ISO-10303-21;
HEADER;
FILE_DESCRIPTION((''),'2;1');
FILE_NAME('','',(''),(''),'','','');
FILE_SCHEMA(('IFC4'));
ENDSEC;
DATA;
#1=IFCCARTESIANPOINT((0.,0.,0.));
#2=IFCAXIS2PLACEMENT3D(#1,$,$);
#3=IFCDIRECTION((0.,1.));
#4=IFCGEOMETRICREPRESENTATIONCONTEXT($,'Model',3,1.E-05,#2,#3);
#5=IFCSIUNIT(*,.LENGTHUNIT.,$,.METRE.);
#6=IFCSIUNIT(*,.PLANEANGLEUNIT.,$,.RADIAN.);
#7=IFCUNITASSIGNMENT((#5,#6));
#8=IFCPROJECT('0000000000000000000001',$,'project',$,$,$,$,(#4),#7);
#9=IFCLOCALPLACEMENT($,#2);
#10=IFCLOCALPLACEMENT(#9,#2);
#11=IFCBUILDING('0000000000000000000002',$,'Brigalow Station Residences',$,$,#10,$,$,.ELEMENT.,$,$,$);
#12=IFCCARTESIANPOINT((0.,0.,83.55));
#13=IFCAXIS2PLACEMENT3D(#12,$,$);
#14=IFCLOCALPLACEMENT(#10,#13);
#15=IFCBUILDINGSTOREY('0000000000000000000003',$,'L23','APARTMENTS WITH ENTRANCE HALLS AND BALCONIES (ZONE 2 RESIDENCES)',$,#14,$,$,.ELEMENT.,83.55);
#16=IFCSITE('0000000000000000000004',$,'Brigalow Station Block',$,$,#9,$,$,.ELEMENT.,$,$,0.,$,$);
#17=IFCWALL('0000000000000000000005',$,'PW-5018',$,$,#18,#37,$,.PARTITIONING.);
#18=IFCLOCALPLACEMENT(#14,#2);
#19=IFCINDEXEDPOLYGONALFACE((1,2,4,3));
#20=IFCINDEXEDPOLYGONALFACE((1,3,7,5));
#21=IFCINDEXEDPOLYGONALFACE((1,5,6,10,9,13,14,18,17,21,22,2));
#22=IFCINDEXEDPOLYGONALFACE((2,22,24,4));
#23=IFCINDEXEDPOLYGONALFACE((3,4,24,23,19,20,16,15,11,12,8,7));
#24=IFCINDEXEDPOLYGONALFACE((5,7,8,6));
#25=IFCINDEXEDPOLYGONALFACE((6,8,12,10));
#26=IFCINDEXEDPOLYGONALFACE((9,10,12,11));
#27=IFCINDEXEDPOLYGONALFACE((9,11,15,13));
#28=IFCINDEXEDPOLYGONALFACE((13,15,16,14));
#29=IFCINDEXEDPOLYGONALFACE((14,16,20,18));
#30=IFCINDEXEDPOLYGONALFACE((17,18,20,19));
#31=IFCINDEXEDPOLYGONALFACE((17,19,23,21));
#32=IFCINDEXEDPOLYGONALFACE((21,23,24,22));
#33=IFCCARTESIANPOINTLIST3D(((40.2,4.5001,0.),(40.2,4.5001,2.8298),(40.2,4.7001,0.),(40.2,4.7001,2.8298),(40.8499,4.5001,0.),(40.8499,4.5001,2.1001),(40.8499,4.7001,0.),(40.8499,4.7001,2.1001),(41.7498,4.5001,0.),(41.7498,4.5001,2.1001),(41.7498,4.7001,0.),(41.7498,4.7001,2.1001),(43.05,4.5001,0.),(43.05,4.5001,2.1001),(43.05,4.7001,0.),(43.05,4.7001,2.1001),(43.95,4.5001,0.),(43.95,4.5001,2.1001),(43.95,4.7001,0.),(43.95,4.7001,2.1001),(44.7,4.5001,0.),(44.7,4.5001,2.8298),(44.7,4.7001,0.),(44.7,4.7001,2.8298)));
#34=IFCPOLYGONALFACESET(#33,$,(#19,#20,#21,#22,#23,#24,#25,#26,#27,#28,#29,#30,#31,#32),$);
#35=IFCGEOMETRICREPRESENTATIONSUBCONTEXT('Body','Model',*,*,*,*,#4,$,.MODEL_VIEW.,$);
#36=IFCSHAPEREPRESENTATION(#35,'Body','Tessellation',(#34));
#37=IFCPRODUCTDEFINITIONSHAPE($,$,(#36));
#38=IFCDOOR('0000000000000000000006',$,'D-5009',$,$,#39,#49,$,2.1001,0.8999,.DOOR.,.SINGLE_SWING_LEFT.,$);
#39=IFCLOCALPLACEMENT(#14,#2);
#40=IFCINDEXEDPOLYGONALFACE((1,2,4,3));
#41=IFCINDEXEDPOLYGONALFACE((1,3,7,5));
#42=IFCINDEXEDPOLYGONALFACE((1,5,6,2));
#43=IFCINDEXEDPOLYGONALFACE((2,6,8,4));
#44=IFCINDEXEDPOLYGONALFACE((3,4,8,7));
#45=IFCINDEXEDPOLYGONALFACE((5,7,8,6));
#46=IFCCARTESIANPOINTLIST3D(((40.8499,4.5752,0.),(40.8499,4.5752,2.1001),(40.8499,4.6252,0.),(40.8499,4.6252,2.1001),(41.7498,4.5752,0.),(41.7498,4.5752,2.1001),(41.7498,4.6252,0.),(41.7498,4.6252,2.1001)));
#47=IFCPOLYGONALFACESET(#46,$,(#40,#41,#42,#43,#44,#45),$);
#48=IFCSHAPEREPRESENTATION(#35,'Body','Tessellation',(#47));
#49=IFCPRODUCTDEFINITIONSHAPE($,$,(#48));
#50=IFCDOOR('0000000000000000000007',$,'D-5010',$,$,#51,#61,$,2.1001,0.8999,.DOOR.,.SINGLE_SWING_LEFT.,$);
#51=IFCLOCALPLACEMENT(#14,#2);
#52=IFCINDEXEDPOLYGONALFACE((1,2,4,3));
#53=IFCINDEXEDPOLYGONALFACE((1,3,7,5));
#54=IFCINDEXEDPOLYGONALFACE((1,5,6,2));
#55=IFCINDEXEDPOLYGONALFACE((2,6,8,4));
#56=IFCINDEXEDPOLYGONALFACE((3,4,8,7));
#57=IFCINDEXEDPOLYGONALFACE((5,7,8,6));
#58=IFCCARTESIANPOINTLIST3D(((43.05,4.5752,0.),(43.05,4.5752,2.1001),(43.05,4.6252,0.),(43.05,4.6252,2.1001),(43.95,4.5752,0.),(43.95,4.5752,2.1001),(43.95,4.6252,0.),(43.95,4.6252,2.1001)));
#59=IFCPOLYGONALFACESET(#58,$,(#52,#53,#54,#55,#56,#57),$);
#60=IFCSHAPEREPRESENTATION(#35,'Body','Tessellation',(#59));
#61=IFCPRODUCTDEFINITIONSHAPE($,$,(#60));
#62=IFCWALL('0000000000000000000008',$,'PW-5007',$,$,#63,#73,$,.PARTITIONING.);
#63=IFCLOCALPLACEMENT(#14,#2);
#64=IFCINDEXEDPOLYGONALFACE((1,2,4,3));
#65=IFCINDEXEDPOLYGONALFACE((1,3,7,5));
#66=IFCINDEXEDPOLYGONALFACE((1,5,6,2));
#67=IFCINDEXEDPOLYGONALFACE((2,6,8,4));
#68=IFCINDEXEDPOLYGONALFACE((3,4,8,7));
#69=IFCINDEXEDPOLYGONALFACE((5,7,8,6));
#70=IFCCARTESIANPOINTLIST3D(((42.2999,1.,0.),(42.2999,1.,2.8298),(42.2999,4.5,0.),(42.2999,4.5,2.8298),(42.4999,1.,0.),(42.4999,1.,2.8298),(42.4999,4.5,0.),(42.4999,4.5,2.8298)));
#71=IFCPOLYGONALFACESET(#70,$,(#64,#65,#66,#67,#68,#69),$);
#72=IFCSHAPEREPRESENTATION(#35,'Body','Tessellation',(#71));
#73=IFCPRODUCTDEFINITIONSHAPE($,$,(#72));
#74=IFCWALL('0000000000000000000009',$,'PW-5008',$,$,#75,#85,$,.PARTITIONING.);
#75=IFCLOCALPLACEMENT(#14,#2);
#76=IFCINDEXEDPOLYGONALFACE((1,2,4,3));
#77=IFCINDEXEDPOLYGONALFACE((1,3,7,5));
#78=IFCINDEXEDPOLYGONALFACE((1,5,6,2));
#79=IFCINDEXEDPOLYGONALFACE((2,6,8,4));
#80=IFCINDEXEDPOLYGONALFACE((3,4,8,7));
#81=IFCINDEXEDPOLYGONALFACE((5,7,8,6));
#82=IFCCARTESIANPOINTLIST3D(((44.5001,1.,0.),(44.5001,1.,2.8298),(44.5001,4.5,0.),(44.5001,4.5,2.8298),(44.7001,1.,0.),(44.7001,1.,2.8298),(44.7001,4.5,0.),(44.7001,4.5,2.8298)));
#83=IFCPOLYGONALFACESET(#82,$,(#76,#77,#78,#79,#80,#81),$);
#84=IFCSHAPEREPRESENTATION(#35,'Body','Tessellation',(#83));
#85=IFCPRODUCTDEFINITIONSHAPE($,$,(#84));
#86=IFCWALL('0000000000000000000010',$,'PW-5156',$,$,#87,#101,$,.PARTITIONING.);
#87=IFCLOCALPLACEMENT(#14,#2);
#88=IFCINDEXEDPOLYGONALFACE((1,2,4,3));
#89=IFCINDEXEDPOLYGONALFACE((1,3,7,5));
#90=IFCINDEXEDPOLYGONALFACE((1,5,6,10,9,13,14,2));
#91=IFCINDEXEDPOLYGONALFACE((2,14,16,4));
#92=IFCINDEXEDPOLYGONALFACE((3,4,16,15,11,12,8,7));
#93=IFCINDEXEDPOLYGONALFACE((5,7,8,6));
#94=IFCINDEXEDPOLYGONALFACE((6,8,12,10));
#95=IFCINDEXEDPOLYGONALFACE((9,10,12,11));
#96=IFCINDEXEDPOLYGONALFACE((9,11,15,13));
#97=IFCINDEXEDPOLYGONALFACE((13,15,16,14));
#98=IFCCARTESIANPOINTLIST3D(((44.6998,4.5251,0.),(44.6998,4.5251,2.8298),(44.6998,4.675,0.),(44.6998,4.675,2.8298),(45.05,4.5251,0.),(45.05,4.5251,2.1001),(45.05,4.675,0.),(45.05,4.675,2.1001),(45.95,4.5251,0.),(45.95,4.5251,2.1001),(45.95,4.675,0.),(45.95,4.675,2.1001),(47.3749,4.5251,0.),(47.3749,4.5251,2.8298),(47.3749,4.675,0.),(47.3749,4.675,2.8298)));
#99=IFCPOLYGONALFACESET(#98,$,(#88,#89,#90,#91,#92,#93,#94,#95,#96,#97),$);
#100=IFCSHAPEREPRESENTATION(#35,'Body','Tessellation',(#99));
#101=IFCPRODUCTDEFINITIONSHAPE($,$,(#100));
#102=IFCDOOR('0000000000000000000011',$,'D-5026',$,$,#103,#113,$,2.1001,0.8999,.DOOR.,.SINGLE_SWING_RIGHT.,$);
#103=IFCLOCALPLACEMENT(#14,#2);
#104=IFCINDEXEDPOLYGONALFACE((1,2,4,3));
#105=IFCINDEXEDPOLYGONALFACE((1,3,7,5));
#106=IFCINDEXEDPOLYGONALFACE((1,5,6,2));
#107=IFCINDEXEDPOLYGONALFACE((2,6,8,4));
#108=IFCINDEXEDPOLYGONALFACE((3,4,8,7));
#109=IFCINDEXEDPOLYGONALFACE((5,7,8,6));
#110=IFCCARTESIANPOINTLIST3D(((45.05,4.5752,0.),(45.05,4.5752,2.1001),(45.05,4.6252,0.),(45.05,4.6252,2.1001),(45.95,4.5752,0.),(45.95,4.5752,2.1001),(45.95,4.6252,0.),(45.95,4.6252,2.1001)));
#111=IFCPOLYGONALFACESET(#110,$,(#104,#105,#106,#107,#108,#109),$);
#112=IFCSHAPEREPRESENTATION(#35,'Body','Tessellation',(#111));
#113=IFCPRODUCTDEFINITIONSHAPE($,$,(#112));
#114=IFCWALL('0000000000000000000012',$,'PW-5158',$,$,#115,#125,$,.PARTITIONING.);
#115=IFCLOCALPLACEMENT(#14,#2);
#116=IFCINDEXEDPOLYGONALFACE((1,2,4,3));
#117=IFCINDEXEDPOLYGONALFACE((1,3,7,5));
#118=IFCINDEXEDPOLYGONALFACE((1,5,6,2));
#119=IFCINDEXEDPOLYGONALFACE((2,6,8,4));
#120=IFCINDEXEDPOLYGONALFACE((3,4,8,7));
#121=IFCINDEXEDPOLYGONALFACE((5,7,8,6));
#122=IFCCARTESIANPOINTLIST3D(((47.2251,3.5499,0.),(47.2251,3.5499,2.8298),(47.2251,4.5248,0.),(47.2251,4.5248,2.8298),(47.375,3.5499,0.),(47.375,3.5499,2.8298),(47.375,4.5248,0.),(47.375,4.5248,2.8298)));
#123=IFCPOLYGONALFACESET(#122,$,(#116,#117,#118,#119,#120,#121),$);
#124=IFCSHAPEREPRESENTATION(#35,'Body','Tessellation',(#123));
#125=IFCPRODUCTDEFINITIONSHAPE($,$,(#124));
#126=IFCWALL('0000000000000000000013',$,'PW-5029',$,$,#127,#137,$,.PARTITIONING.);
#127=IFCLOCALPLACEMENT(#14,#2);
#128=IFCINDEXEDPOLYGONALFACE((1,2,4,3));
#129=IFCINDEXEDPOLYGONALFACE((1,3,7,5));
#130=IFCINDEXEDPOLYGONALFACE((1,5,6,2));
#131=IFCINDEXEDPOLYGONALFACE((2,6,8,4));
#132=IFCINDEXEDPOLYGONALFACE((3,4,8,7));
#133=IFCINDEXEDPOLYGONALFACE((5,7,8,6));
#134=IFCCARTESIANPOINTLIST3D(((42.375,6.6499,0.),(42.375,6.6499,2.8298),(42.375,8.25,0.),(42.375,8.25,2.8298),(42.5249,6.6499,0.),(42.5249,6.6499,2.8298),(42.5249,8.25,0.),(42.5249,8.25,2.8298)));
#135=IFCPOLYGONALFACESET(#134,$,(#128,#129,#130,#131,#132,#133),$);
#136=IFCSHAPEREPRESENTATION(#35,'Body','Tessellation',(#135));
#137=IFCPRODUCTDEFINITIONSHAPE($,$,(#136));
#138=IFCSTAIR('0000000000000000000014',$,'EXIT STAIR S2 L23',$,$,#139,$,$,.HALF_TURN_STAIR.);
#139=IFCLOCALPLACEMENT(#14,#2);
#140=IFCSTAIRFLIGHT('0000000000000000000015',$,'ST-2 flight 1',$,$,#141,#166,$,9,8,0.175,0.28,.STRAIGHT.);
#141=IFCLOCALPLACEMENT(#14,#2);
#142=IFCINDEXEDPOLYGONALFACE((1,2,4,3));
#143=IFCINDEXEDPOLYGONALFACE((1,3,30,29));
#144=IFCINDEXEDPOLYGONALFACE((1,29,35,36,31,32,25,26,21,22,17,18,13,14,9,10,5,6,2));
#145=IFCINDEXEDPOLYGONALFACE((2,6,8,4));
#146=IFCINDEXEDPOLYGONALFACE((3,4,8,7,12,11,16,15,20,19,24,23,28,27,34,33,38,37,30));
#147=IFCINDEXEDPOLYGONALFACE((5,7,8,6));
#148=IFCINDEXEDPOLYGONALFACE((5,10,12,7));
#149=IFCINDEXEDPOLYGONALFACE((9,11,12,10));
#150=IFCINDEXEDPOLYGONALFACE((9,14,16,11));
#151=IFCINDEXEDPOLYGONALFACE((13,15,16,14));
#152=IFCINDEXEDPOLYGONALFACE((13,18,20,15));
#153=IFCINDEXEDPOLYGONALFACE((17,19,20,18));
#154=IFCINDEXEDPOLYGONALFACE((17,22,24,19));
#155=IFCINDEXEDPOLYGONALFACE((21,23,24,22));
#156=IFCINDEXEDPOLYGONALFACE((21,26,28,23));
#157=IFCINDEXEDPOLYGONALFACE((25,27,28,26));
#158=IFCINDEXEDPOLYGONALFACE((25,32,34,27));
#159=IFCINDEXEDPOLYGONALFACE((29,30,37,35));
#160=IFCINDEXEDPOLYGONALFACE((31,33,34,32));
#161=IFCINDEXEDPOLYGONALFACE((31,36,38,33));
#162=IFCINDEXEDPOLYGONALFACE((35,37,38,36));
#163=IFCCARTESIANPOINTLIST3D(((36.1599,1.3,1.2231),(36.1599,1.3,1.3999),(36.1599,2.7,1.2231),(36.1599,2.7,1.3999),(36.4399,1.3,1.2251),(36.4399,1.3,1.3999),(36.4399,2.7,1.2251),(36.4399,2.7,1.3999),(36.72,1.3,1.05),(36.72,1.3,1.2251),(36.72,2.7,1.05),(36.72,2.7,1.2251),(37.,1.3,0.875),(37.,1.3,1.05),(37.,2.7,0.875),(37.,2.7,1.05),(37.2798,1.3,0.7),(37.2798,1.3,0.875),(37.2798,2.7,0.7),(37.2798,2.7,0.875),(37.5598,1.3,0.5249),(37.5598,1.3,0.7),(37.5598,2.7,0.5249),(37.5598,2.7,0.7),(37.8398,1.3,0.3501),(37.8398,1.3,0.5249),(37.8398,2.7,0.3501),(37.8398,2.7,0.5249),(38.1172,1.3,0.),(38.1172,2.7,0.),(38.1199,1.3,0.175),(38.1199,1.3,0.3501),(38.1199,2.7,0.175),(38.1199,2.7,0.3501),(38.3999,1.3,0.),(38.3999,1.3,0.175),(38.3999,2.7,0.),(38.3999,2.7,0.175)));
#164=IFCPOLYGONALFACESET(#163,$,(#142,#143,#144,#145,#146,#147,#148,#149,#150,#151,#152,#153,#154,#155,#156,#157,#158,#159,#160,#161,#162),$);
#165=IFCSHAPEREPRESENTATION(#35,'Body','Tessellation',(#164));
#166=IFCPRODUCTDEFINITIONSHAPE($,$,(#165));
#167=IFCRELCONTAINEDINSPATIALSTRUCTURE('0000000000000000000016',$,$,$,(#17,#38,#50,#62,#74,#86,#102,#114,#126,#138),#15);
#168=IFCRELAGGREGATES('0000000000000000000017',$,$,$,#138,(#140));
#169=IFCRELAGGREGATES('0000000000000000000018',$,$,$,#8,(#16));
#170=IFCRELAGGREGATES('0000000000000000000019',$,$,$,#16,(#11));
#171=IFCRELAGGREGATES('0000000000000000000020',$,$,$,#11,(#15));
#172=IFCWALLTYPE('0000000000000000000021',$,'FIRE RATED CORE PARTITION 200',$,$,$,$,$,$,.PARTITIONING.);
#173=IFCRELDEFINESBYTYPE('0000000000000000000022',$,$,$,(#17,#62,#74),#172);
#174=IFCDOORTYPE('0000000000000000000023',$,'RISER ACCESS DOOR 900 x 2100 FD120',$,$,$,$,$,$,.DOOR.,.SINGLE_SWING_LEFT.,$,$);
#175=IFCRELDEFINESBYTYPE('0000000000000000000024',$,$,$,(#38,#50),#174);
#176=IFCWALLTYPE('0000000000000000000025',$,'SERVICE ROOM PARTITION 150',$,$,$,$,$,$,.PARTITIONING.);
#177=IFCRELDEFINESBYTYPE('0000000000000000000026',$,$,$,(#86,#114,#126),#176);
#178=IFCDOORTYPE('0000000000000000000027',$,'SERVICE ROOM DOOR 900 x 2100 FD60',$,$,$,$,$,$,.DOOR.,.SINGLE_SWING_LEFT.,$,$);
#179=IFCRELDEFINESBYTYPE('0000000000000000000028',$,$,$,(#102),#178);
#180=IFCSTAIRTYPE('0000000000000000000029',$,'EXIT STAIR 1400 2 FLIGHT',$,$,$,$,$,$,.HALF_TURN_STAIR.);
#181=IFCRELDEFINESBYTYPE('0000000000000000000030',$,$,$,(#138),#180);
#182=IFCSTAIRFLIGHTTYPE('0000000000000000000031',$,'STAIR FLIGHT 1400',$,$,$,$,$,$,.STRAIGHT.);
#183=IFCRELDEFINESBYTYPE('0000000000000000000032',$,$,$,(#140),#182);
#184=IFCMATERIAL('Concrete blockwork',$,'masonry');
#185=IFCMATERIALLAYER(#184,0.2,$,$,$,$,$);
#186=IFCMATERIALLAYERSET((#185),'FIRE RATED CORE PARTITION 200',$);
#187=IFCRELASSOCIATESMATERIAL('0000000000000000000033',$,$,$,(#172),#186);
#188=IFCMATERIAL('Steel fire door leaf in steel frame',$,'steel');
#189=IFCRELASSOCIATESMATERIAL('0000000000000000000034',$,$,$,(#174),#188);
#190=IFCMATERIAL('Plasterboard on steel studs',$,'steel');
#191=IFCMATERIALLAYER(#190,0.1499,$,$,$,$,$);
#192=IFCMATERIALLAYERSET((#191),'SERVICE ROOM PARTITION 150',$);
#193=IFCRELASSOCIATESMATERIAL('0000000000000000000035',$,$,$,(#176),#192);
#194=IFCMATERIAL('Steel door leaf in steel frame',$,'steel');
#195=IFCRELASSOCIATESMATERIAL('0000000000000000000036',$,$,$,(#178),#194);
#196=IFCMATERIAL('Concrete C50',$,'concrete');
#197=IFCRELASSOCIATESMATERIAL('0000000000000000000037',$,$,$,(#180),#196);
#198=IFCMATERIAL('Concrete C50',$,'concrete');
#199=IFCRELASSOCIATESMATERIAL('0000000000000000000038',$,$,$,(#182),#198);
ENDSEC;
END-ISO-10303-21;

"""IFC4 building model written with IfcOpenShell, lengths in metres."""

from ifc_helpers import new_model, si_unit, direction, frame, frame_2d, origin, place, context, subcontext, project, spatial, polyline, rectangle, outline, extrude, material, layer, layer_set, type_object, element, fill, aggregate, save


model = new_model("IFC4")

# Units and contexts
model_context = context("Model", 3, precision=1e-05, world=origin(), true_north=direction((0.0, 1.0)))
body_context = subcontext(model_context, "Body", "Model", "MODEL_VIEW")
ifc_project = project(units=[si_unit("LENGTHUNIT", "METRE"), si_unit("PLANEANGLEUNIT", "RADIAN")], contexts=[model_context])

# Site, building, storey
site_placement = place(None, origin())
site = spatial("IfcSite", under=ifc_project, at=site_placement, Name="Brigalow Station Block", CompositionType="ELEMENT", RefElevation=0.0)
building_placement = place(site_placement, origin())
building = spatial("IfcBuilding", under=site, at=building_placement, Name="Brigalow Station Residences", CompositionType="ELEMENT")
storey_placement = place(building_placement, frame((0.0, 0.0, 83.55)))
storey = spatial("IfcBuildingStorey", under=building, at=storey_placement, Name="L23", Description="APARTMENTS WITH ENTRANCE HALLS AND BALCONIES (ZONE 2 RESIDENCES)", CompositionType="ELEMENT", Elevation=83.55)

# Wall, openings, doors
ifc_material_1 = material(Name="Concrete blockwork", Category="masonry")
ifc_layer_1 = layer(ifc_material_1, 0.2)
ifc_layer_set_1 = layer_set([ifc_layer_1], Name="FIRE RATED CORE PARTITION 200")
wall_type_1 = type_object("IfcWallType", Name="FIRE RATED CORE PARTITION 200", PredefinedType="PARTITIONING", material=ifc_layer_set_1)
wall_1_placement = place(storey_placement, frame((40.2, 4.6001, 0.0), z_axis=(0.0, 0.0, 1.0), x_axis=(1.0, 0.0, 0.0)))
wall_1 = element("IfcWall", 1, at=wall_1_placement, inside=storey, type_object=wall_type_1, Name="PW-5018", PredefinedType="PARTITIONING", context=body_context, shape_type="SweptSolid", body=[
    extrude(rectangle(XDim=4.5, YDim=0.2, at=frame_2d((2.25, 0.0))), origin(), (0.0, 0.0, 1.0), 2.8298),
])
opening_1_placement = place(wall_1_placement, frame((0.6499, 0.0, 0.0)))
opening_1 = element("IfcOpeningElement", 2, at=opening_1_placement, cuts=wall_1, PredefinedType="OPENING", context=body_context, shape_type="SweptSolid", body=[
    extrude(rectangle(XDim=0.8999, YDim=2.1001, at=frame_2d((0.45, 1.05))), frame((0.0, 0.1099, 0.0), z_axis=(0.0, -1.0, 0.0), x_axis=(1.0, 0.0, 0.0)), (0.0, 0.0, 1.0), 0.22),
])
opening_2_placement = place(wall_1_placement, frame((2.8501, 0.0, 0.0)))
opening_2 = element("IfcOpeningElement", 3, at=opening_2_placement, cuts=wall_1, PredefinedType="OPENING", context=body_context, shape_type="SweptSolid", body=[
    extrude(rectangle(XDim=0.8999, YDim=2.1001, at=frame_2d((0.45, 1.05))), frame((0.0, 0.1099, 0.0), z_axis=(0.0, -1.0, 0.0), x_axis=(1.0, 0.0, 0.0)), (0.0, 0.0, 1.0), 0.22),
])
ifc_material_2 = material(Name="Steel fire door leaf in steel frame", Category="steel")
door_type_1 = type_object("IfcDoorType", Name="RISER ACCESS DOOR 900 x 2100 FD120", OperationType="SINGLE_SWING_LEFT", PredefinedType="DOOR", material=ifc_material_2)
door_1_placement = place(opening_1_placement, frame((0.8999, 0.0, 0.0), z_axis=(0.0, 0.0, 1.0), x_axis=(-1.0, 0.0, 0.0)))
door_1 = element("IfcDoor", 4, at=door_1_placement, inside=storey, type_object=door_type_1, Name="D-5009", OperationType="SINGLE_SWING_LEFT", OverallHeight=2.1001, OverallWidth=0.8999, PredefinedType="DOOR", context=body_context, shape_type="SweptSolid", body=[
    extrude(rectangle(XDim=0.8999, YDim=2.1001, at=frame_2d((0.45, 1.05))), frame((0.0, 0.0249, 0.0), z_axis=(0.0, -1.0, 0.0), x_axis=(1.0, 0.0, 0.0)), (0.0, 0.0, 1.0), 0.05),
])
fill(opening_1, door_1)
door_2_placement = place(opening_2_placement, frame((0.8999, 0.0, 0.0), z_axis=(0.0, 0.0, 1.0), x_axis=(-1.0, 0.0, 0.0)))
door_2 = element("IfcDoor", 5, at=door_2_placement, inside=storey, type_object=door_type_1, Name="D-5010", OperationType="SINGLE_SWING_LEFT", OverallHeight=2.1001, OverallWidth=0.8999, PredefinedType="DOOR", context=body_context, shape_type="SweptSolid", body=[
    extrude(rectangle(XDim=0.8999, YDim=2.1001, at=frame_2d((0.45, 1.05))), frame((0.0, 0.0249, 0.0), z_axis=(0.0, -1.0, 0.0), x_axis=(1.0, 0.0, 0.0)), (0.0, 0.0, 1.0), 0.05),
])
fill(opening_2, door_2)

# Walls
for number, where, z_axis, x_axis, name in (
    (6, (42.3999, 1.0, 0.0), (0.0, 0.0, 1.0), (0.0, 1.0, 0.0), "PW-5007"),
    (7, (44.6001, 1.0, 0.0), (0.0, 0.0, 1.0), (0.0, 1.0, 0.0), "PW-5008"),
):
    element("IfcWall", number, at=place(storey_placement, frame(where, z_axis=z_axis, x_axis=x_axis)), inside=storey, type_object=wall_type_1, Name=name, PredefinedType="PARTITIONING", context=body_context, shape_type="SweptSolid", body=[
        extrude(rectangle(XDim=3.5, YDim=0.2, at=frame_2d((1.75, 0.0))), origin(), (0.0, 0.0, 1.0), 2.8298),
    ])

# Wall, opening, door
ifc_material_3 = material(Name="Plasterboard on steel studs", Category="steel")
ifc_layer_2 = layer(ifc_material_3, 0.1499)
ifc_layer_set_2 = layer_set([ifc_layer_2], Name="SERVICE ROOM PARTITION 150")
wall_type_2 = type_object("IfcWallType", Name="SERVICE ROOM PARTITION 150", PredefinedType="PARTITIONING", material=ifc_layer_set_2)
wall_2_placement = place(storey_placement, frame((44.7, 4.6001, 0.0), z_axis=(0.0, 0.0, 1.0), x_axis=(1.0, 0.0, 0.0)))
wall_2 = element("IfcWall", 8, at=wall_2_placement, inside=storey, type_object=wall_type_2, Name="PW-5156", PredefinedType="PARTITIONING", context=body_context, shape_type="SweptSolid", body=[
    extrude(rectangle(XDim=2.675, YDim=0.1499, at=frame_2d((1.3374, 0.0))), origin(), (0.0, 0.0, 1.0), 2.8298),
])
opening_3_placement = place(wall_2_placement, frame((0.3501, 0.0, 0.0)))
opening_3 = element("IfcOpeningElement", 9, at=opening_3_placement, cuts=wall_2, PredefinedType="OPENING", context=body_context, shape_type="SweptSolid", body=[
    extrude(rectangle(XDim=0.8999, YDim=2.1001, at=frame_2d((0.45, 1.05))), frame((0.0, 0.085, 0.0), z_axis=(0.0, -1.0, 0.0), x_axis=(1.0, 0.0, 0.0)), (0.0, 0.0, 1.0), 0.1699),
])
ifc_material_4 = material(Name="Steel door leaf in steel frame", Category="steel")
door_type_2 = type_object("IfcDoorType", Name="SERVICE ROOM DOOR 900 x 2100 FD60", OperationType="SINGLE_SWING_LEFT", PredefinedType="DOOR", material=ifc_material_4)
door_3_placement = place(opening_3_placement, frame((0.8999, 0.0, 0.0), z_axis=(0.0, 0.0, 1.0), x_axis=(-1.0, 0.0, 0.0)))
door_3 = element("IfcDoor", 10, at=door_3_placement, inside=storey, type_object=door_type_2, Name="D-5026", OperationType="SINGLE_SWING_RIGHT", OverallHeight=2.1001, OverallWidth=0.8999, PredefinedType="DOOR", context=body_context, shape_type="SweptSolid", body=[
    extrude(rectangle(XDim=0.8999, YDim=2.1001, at=frame_2d((0.45, 1.05))), frame((0.0, 0.0249, 0.0), z_axis=(0.0, -1.0, 0.0), x_axis=(1.0, 0.0, 0.0)), (0.0, 0.0, 1.0), 0.05),
])
fill(opening_3, door_3)

# Walls
wall_3_placement = place(storey_placement, frame((47.3, 3.55, 0.0), z_axis=(0.0, 0.0, 1.0), x_axis=(0.0, 1.0, 0.0)))
element("IfcWall", 11, at=wall_3_placement, inside=storey, type_object=wall_type_2, Name="PW-5158", PredefinedType="PARTITIONING", context=body_context, shape_type="SweptSolid", body=[
    extrude(rectangle(XDim=0.9749, YDim=0.1499, at=frame_2d((0.4873, 0.0))), origin(), (0.0, 0.0, 1.0), 2.8298),
])
wall_4_placement = place(storey_placement, frame((42.45, 6.6499, 0.0), z_axis=(0.0, 0.0, 1.0), x_axis=(0.0, 1.0, 0.0)))
element("IfcWall", 12, at=wall_4_placement, inside=storey, type_object=wall_type_2, Name="PW-5029", PredefinedType="PARTITIONING", context=body_context, shape_type="SweptSolid", body=[
    extrude(rectangle(XDim=1.6001, YDim=0.1499, at=frame_2d((0.8, 0.0))), origin(), (0.0, 0.0, 1.0), 2.8298),
])

# Stair, stair flight
ifc_material_5 = material(Name="Concrete C50", Category="concrete")
stair_type = type_object("IfcStairType", Name="EXIT STAIR 1400 2 FLIGHT", PredefinedType="HALF_TURN_STAIR", material=ifc_material_5)
stair_placement = place(storey_placement, origin())
stair = element("IfcStair", 13, at=stair_placement, inside=storey, type_object=stair_type, Name="EXIT STAIR S2 L23", PredefinedType="HALF_TURN_STAIR")
ifc_material_6 = material(Name="Concrete C50", Category="concrete")
stair_flight_type = type_object("IfcStairFlightType", Name="STAIR FLIGHT 1400", PredefinedType="STRAIGHT", material=ifc_material_6)
stair_flight_placement = place(storey_placement, frame((38.3999, 2.0, 0.0), z_axis=(0.0, 0.0, 1.0), x_axis=(-1.0, 0.0, 0.0)))
stair_flight = element("IfcStairFlight", 14, at=stair_flight_placement, type_object=stair_flight_type, Name="ST-2 flight 1", NumberOfRisers=9, NumberOfTreads=8, PredefinedType="STRAIGHT", RiserHeight=0.175, TreadLength=0.28, context=body_context, shape_type="SweptSolid", body=[
    extrude(outline(polyline([(0.0, 0.0), (0.0, 0.175), (0.28, 0.175), (0.28, 0.3501), (0.5601, 0.3501), (0.5601, 0.5249), (0.8401, 0.5249), (0.8401, 0.7), (1.1201, 0.7), (1.1201, 0.875), (1.3999, 0.875), (1.3999, 1.05), (1.6799, 1.05), (1.6799, 1.2251), (1.96, 1.2251), (1.96, 1.3999), (2.24, 1.3999), (2.24, 1.575), (2.24, 1.2231), (0.2827, 0.0), (0.0, 0.0)])), frame((0.0, 0.7, 0.0), z_axis=(0.0, -1.0, 0.0), x_axis=(1.0, 0.0, 0.0)), (0.0, 0.0, 1.0), 1.3999),
])
aggregate(stair, [stair_flight])

save(model, "model.ifc")
